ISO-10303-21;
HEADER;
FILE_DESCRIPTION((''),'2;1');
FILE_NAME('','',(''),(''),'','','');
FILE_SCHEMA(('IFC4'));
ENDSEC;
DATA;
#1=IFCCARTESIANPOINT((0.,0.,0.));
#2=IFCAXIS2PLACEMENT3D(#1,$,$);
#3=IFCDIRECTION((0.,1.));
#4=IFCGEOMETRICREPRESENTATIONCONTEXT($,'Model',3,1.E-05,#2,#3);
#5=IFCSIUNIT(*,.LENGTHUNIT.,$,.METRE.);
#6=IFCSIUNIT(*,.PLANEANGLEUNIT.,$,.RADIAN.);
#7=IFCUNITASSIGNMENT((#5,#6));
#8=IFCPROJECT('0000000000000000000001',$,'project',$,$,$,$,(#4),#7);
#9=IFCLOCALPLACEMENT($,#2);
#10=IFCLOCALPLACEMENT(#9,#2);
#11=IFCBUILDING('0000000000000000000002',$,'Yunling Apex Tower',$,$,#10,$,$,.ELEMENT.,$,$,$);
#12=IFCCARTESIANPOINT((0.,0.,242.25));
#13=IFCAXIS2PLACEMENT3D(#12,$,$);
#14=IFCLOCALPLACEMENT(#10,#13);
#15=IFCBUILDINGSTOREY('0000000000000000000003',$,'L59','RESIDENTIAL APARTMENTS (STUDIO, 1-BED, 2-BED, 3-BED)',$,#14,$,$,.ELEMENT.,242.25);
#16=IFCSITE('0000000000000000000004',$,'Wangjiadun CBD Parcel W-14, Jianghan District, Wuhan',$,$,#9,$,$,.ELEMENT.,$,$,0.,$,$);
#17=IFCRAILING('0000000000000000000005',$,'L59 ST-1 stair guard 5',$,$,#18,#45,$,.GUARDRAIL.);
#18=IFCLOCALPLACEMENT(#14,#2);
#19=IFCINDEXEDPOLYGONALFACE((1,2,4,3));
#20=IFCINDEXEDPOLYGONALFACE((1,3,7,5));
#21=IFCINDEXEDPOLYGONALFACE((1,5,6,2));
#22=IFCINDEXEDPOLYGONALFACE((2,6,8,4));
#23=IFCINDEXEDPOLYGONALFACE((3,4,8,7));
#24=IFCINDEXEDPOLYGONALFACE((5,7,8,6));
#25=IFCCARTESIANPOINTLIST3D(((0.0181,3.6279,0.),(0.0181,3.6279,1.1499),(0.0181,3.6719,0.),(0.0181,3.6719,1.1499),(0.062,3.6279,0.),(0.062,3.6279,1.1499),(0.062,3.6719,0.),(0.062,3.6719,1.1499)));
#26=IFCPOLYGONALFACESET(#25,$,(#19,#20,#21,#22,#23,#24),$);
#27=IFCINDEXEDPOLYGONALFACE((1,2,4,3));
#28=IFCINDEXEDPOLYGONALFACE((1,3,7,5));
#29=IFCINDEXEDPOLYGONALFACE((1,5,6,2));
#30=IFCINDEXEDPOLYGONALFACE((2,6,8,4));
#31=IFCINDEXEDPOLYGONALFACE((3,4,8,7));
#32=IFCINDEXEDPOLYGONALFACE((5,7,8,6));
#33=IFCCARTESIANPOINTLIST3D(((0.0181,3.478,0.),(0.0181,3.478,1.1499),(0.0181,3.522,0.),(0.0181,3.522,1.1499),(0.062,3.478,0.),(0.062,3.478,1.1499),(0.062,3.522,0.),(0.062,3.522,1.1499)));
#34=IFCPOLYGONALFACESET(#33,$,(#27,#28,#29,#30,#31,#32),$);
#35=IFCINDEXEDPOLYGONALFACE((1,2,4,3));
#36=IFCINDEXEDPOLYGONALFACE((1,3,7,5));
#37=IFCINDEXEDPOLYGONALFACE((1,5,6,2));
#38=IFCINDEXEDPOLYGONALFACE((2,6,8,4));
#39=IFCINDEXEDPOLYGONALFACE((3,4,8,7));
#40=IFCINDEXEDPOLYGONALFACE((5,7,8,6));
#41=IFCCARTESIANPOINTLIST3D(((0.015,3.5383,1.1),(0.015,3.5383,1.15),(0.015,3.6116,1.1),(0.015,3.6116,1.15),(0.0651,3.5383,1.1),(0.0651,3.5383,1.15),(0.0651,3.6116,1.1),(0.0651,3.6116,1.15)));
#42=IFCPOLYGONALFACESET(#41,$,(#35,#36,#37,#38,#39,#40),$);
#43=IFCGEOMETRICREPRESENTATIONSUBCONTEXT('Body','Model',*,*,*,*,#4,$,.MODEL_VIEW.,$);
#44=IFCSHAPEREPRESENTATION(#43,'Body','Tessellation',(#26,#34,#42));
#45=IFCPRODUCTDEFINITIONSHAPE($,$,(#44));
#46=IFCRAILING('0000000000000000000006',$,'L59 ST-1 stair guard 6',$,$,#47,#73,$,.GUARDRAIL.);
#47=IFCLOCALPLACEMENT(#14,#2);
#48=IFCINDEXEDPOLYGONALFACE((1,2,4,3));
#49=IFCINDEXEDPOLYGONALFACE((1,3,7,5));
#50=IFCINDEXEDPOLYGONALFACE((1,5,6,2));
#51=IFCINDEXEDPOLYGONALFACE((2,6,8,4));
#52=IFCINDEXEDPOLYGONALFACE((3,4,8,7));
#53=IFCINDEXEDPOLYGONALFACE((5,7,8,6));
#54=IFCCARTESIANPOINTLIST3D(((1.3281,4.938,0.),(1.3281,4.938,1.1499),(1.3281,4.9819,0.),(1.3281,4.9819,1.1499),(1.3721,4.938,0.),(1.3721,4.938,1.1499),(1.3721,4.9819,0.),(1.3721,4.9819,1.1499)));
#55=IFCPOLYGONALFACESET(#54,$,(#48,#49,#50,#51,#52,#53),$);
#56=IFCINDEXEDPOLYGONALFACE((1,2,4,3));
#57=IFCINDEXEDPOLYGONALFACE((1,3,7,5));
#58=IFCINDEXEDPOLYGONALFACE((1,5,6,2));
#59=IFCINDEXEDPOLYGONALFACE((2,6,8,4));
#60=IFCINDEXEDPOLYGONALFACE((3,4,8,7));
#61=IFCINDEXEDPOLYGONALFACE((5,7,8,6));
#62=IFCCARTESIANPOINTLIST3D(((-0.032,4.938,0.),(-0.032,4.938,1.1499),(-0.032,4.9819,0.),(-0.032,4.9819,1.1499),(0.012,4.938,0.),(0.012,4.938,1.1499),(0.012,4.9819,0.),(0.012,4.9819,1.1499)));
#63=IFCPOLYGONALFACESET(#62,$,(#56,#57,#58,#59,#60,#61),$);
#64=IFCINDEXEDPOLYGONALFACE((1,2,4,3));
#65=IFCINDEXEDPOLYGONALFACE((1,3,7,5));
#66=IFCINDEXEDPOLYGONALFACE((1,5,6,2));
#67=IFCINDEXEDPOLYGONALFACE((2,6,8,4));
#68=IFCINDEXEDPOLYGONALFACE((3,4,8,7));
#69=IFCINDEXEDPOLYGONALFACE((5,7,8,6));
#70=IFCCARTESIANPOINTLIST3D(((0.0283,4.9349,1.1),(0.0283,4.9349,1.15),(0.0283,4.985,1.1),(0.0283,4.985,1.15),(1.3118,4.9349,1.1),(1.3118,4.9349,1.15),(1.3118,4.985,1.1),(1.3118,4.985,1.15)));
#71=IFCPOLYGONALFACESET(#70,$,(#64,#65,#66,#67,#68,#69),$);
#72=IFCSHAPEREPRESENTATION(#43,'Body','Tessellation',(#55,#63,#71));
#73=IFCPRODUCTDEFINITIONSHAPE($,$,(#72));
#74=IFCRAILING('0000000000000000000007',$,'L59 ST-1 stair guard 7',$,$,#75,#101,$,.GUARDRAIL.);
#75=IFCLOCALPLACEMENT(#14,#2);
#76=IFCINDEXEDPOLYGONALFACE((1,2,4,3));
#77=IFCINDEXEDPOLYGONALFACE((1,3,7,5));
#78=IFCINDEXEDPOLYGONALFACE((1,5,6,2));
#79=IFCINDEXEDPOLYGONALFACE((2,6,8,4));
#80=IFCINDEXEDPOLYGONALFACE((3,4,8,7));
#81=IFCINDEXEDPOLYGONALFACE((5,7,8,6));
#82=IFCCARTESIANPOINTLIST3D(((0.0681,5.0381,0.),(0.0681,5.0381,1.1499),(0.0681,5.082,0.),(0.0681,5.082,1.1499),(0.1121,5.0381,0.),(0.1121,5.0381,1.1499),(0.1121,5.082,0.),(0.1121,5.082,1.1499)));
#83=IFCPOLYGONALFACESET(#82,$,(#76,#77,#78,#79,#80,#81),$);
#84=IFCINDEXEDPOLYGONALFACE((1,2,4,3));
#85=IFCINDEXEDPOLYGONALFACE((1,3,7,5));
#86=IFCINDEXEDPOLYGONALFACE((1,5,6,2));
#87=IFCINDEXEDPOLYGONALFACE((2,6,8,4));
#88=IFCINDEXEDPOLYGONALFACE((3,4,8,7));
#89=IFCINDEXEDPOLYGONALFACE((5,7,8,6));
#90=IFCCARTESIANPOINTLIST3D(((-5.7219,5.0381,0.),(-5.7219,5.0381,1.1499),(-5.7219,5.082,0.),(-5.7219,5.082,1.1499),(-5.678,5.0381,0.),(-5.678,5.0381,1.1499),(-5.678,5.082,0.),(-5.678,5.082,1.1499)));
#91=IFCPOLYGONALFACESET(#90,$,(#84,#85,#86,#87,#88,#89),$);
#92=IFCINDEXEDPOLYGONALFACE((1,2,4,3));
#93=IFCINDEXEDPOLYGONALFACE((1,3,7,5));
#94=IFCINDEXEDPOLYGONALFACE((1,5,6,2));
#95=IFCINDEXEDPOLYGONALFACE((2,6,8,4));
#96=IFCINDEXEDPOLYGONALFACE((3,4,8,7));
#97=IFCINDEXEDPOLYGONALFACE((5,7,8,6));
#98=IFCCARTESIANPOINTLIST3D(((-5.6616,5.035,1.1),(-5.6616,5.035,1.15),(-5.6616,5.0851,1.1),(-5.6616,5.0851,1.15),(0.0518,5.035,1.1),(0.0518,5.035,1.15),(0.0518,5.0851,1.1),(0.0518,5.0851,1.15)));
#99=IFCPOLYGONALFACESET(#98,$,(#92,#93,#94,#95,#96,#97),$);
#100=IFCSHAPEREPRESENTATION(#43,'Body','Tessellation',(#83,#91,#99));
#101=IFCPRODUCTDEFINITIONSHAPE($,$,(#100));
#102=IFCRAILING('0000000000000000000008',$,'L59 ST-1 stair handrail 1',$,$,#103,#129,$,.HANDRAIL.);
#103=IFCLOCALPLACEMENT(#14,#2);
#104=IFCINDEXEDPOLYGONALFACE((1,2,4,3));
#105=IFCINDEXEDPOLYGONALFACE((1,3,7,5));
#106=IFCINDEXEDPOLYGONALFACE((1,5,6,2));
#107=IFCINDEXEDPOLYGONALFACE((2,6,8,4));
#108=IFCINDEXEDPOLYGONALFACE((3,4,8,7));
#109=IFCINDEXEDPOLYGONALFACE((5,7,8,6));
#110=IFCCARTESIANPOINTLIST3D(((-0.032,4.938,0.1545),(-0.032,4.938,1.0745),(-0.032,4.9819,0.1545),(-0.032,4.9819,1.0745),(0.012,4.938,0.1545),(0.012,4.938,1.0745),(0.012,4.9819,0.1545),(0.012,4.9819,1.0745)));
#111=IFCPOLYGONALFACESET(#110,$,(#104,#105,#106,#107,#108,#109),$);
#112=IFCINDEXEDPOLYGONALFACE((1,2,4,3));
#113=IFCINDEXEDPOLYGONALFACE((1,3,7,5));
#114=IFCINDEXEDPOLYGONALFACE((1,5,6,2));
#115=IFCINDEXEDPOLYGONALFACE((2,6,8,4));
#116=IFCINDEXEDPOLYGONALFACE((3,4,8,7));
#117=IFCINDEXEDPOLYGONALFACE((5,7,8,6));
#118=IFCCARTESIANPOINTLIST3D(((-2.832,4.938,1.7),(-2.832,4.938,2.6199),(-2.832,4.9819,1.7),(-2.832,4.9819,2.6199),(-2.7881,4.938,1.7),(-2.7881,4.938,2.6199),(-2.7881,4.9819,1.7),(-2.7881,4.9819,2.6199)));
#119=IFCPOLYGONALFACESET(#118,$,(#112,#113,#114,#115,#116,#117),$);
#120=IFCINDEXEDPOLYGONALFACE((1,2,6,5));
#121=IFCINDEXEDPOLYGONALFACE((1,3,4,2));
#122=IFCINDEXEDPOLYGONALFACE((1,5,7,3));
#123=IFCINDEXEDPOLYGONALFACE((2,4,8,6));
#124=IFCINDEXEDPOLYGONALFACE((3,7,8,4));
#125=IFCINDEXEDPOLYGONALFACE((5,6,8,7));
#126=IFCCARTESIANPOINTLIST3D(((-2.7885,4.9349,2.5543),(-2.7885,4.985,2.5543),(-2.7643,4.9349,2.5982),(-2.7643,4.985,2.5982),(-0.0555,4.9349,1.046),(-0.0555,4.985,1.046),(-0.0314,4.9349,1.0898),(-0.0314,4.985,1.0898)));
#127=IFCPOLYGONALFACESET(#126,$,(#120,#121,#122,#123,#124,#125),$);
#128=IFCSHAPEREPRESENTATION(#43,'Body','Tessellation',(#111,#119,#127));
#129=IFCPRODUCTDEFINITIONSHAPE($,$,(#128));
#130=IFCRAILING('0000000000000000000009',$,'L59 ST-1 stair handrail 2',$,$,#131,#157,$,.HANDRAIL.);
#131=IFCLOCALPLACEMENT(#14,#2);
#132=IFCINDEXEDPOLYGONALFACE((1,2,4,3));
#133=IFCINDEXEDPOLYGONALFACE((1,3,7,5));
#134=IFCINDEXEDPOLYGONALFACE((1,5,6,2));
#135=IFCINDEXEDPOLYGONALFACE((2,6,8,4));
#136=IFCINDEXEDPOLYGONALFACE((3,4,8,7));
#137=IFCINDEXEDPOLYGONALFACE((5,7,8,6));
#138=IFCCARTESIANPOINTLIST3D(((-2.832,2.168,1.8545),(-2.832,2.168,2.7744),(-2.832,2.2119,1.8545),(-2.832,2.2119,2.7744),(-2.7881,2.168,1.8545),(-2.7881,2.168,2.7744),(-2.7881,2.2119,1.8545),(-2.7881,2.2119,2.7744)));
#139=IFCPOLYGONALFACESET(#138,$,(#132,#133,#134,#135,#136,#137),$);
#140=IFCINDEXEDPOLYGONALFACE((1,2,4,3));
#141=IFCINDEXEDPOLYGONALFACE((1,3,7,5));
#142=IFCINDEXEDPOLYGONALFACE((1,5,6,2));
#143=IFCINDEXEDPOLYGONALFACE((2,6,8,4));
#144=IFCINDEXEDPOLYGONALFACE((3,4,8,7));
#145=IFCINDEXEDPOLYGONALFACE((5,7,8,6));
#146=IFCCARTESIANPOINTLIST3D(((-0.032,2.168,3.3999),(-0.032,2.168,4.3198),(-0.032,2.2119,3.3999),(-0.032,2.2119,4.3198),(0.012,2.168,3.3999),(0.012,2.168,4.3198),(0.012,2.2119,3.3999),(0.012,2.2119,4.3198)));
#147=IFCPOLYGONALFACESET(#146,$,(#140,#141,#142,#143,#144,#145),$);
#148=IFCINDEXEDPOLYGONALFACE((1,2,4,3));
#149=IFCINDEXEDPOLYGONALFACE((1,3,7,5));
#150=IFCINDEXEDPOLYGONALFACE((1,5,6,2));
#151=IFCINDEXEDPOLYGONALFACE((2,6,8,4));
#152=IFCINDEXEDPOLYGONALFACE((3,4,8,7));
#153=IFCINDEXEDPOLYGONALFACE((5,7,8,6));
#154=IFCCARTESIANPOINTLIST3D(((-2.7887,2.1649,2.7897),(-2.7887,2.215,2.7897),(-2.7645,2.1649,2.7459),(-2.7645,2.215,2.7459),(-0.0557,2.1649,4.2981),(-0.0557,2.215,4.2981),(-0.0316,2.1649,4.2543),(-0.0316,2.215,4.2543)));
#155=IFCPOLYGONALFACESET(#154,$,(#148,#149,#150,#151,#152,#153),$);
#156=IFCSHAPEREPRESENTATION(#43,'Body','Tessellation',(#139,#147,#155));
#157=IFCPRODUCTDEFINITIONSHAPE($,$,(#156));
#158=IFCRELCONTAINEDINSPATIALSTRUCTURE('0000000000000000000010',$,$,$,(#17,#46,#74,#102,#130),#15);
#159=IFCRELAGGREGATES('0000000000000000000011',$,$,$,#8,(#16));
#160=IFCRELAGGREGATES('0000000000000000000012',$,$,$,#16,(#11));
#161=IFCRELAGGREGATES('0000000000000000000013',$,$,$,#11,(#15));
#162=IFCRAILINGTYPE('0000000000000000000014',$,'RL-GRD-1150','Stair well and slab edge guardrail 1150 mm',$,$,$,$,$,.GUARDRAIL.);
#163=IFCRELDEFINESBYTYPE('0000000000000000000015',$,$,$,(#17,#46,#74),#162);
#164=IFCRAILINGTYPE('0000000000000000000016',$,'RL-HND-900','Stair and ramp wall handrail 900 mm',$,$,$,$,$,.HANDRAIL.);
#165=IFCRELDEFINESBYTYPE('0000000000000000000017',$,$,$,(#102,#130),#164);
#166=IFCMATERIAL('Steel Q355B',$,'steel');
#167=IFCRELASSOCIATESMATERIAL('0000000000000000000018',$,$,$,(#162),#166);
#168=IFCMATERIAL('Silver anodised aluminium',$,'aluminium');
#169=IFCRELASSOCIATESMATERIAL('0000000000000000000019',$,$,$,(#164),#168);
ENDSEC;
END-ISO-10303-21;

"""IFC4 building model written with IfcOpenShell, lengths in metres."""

from ifc_helpers import new_model, si_unit, direction, frame, origin, origin_2d, place, context, subcontext, project, spatial, rectangle, extrude, material, type_object, element, save


model = new_model("IFC4")

# Units and contexts
model_context = context("Model", 3, precision=1e-05, world=origin(), true_north=direction((0.0, 1.0)))
body_context = subcontext(model_context, "Body", "Model", "MODEL_VIEW")
ifc_project = project(units=[si_unit("LENGTHUNIT", "METRE"), si_unit("PLANEANGLEUNIT", "RADIAN")], contexts=[model_context])

# Site, building, storey
site_placement = place(None, origin())
site = spatial("IfcSite", under=ifc_project, at=site_placement, Name="Wangjiadun CBD Parcel W-14, Jianghan District, Wuhan", CompositionType="ELEMENT", RefElevation=0.0)
building_placement = place(site_placement, origin())
building = spatial("IfcBuilding", under=site, at=building_placement, Name="Yunling Apex Tower", CompositionType="ELEMENT")
storey_placement = place(building_placement, frame((0.0, 0.0, 242.25)))
storey = spatial("IfcBuildingStorey", under=building, at=storey_placement, Name="L59", Description="RESIDENTIAL APARTMENTS (STUDIO, 1-BED, 2-BED, 3-BED)", CompositionType="ELEMENT", Elevation=242.25)

# Shared definitions
ifc_material_1 = material(Name="Steel Q355B", Category="steel")

# Railings
railing_type_1 = type_object("IfcRailingType", Name="RL-GRD-1150", Description="Stair well and slab edge guardrail 1150 mm", PredefinedType="GUARDRAIL", material=ifc_material_1)
railing_1_placement = place(storey_placement, frame((0.04, 3.6499, 0.0)))
element("IfcRailing", 1, at=railing_1_placement, inside=storey, type_object=railing_type_1, Name="L59 ST-1 stair guard 5", PredefinedType="GUARDRAIL", context=body_context, shape_type="SweptSolid", body=[
    extrude(rectangle(XDim=0.0439, YDim=0.0439, at=origin_2d()), origin(), (0.0, 0.0, 1.0), 1.1499),
    extrude(rectangle(XDim=0.0439, YDim=0.0439, at=origin_2d()), frame((0.0, -0.1499, 0.0)), (0.0, 0.0, 1.0), 1.1499),
    extrude(rectangle(XDim=0.05, YDim=0.05, at=origin_2d()), frame((0.0, -0.0383, 1.125), z_axis=(0.0, -1.0, 0.0), x_axis=(1.0, 0.0, 0.0)), (0.0, 0.0, 1.0), 0.0732),
])
railing_2_placement = place(storey_placement, frame((1.3501, 4.96, 0.0)))
element("IfcRailing", 2, at=railing_2_placement, inside=storey, type_object=railing_type_1, Name="L59 ST-1 stair guard 6", PredefinedType="GUARDRAIL", context=body_context, shape_type="SweptSolid", body=[
    extrude(rectangle(XDim=0.0439, YDim=0.0439, at=origin_2d()), origin(), (0.0, 0.0, 1.0), 1.1499),
    extrude(rectangle(XDim=0.0439, YDim=0.0439, at=origin_2d()), frame((-1.3601, 0.0, 0.0)), (0.0, 0.0, 1.0), 1.1499),
    extrude(rectangle(XDim=0.05, YDim=0.05, at=origin_2d()), frame((-0.0383, 0.0, 1.125), z_axis=(-1.0, 0.0, 0.0), x_axis=(0.0, -1.0, 0.0)), (0.0, 0.0, 1.0), 1.2834),
])
railing_3_placement = place(storey_placement, frame((0.0901, 5.0601, 0.0)))
element("IfcRailing", 3, at=railing_3_placement, inside=storey, type_object=railing_type_1, Name="L59 ST-1 stair guard 7", PredefinedType="GUARDRAIL", context=body_context, shape_type="SweptSolid", body=[
    extrude(rectangle(XDim=0.0439, YDim=0.0439, at=origin_2d()), origin(), (0.0, 0.0, 1.0), 1.1499),
    extrude(rectangle(XDim=0.0439, YDim=0.0439, at=origin_2d()), frame((-5.79, 0.0, 0.0)), (0.0, 0.0, 1.0), 1.1499),
    extrude(rectangle(XDim=0.05, YDim=0.05, at=origin_2d()), frame((-0.0383, 0.0, 1.125), z_axis=(-1.0, 0.0, 0.0), x_axis=(0.0, -1.0, 0.0)), (0.0, 0.0, 1.0), 5.7134),
])
ifc_material_2 = material(Name="Silver anodised aluminium", Category="aluminium")
railing_type_2 = type_object("IfcRailingType", Name="RL-HND-900", Description="Stair and ramp wall handrail 900 mm", PredefinedType="HANDRAIL", material=ifc_material_2)
railing_4_placement = place(storey_placement, frame((-0.01, 4.96, 0.1545)))
element("IfcRailing", 4, at=railing_4_placement, inside=storey, type_object=railing_type_2, Name="L59 ST-1 stair handrail 1", PredefinedType="HANDRAIL", context=body_context, shape_type="SweptSolid", body=[
    extrude(rectangle(XDim=0.0439, YDim=0.0439, at=origin_2d()), origin(), (0.0, 0.0, 1.0), 0.9199),
    extrude(rectangle(XDim=0.0439, YDim=0.0439, at=origin_2d()), frame((-2.8, 0.0, 1.5454)), (0.0, 0.0, 1.0), 0.9199),
    extrude(rectangle(XDim=0.05, YDim=0.05, at=origin_2d()), frame((-0.0334, 0.0, 0.9133), z_axis=(-0.875504, 0.0, 0.483211), x_axis=(0.0, -1.0, 0.0)), (0.0, 0.0, 1.0), 3.1216),
])
railing_5_placement = place(storey_placement, frame((-2.8101, 2.1899, 1.8545)))
element("IfcRailing", 5, at=railing_5_placement, inside=storey, type_object=railing_type_2, Name="L59 ST-1 stair handrail 2", PredefinedType="HANDRAIL", context=body_context, shape_type="SweptSolid", body=[
    extrude(rectangle(XDim=0.0439, YDim=0.0439, at=origin_2d()), origin(), (0.0, 0.0, 1.0), 0.9199),
    extrude(rectangle(XDim=0.0439, YDim=0.0439, at=origin_2d()), frame((2.8, 0.0, 1.5454)), (0.0, 0.0, 1.0), 0.9199),
    extrude(rectangle(XDim=0.05, YDim=0.05, at=origin_2d()), frame((0.0334, 0.0, 0.9133), z_axis=(0.875504, 0.0, 0.483211), x_axis=(0.0, 1.0, 0.0)), (0.0, 0.0, 1.0), 3.1216),
])

save(model, "model.ifc")
